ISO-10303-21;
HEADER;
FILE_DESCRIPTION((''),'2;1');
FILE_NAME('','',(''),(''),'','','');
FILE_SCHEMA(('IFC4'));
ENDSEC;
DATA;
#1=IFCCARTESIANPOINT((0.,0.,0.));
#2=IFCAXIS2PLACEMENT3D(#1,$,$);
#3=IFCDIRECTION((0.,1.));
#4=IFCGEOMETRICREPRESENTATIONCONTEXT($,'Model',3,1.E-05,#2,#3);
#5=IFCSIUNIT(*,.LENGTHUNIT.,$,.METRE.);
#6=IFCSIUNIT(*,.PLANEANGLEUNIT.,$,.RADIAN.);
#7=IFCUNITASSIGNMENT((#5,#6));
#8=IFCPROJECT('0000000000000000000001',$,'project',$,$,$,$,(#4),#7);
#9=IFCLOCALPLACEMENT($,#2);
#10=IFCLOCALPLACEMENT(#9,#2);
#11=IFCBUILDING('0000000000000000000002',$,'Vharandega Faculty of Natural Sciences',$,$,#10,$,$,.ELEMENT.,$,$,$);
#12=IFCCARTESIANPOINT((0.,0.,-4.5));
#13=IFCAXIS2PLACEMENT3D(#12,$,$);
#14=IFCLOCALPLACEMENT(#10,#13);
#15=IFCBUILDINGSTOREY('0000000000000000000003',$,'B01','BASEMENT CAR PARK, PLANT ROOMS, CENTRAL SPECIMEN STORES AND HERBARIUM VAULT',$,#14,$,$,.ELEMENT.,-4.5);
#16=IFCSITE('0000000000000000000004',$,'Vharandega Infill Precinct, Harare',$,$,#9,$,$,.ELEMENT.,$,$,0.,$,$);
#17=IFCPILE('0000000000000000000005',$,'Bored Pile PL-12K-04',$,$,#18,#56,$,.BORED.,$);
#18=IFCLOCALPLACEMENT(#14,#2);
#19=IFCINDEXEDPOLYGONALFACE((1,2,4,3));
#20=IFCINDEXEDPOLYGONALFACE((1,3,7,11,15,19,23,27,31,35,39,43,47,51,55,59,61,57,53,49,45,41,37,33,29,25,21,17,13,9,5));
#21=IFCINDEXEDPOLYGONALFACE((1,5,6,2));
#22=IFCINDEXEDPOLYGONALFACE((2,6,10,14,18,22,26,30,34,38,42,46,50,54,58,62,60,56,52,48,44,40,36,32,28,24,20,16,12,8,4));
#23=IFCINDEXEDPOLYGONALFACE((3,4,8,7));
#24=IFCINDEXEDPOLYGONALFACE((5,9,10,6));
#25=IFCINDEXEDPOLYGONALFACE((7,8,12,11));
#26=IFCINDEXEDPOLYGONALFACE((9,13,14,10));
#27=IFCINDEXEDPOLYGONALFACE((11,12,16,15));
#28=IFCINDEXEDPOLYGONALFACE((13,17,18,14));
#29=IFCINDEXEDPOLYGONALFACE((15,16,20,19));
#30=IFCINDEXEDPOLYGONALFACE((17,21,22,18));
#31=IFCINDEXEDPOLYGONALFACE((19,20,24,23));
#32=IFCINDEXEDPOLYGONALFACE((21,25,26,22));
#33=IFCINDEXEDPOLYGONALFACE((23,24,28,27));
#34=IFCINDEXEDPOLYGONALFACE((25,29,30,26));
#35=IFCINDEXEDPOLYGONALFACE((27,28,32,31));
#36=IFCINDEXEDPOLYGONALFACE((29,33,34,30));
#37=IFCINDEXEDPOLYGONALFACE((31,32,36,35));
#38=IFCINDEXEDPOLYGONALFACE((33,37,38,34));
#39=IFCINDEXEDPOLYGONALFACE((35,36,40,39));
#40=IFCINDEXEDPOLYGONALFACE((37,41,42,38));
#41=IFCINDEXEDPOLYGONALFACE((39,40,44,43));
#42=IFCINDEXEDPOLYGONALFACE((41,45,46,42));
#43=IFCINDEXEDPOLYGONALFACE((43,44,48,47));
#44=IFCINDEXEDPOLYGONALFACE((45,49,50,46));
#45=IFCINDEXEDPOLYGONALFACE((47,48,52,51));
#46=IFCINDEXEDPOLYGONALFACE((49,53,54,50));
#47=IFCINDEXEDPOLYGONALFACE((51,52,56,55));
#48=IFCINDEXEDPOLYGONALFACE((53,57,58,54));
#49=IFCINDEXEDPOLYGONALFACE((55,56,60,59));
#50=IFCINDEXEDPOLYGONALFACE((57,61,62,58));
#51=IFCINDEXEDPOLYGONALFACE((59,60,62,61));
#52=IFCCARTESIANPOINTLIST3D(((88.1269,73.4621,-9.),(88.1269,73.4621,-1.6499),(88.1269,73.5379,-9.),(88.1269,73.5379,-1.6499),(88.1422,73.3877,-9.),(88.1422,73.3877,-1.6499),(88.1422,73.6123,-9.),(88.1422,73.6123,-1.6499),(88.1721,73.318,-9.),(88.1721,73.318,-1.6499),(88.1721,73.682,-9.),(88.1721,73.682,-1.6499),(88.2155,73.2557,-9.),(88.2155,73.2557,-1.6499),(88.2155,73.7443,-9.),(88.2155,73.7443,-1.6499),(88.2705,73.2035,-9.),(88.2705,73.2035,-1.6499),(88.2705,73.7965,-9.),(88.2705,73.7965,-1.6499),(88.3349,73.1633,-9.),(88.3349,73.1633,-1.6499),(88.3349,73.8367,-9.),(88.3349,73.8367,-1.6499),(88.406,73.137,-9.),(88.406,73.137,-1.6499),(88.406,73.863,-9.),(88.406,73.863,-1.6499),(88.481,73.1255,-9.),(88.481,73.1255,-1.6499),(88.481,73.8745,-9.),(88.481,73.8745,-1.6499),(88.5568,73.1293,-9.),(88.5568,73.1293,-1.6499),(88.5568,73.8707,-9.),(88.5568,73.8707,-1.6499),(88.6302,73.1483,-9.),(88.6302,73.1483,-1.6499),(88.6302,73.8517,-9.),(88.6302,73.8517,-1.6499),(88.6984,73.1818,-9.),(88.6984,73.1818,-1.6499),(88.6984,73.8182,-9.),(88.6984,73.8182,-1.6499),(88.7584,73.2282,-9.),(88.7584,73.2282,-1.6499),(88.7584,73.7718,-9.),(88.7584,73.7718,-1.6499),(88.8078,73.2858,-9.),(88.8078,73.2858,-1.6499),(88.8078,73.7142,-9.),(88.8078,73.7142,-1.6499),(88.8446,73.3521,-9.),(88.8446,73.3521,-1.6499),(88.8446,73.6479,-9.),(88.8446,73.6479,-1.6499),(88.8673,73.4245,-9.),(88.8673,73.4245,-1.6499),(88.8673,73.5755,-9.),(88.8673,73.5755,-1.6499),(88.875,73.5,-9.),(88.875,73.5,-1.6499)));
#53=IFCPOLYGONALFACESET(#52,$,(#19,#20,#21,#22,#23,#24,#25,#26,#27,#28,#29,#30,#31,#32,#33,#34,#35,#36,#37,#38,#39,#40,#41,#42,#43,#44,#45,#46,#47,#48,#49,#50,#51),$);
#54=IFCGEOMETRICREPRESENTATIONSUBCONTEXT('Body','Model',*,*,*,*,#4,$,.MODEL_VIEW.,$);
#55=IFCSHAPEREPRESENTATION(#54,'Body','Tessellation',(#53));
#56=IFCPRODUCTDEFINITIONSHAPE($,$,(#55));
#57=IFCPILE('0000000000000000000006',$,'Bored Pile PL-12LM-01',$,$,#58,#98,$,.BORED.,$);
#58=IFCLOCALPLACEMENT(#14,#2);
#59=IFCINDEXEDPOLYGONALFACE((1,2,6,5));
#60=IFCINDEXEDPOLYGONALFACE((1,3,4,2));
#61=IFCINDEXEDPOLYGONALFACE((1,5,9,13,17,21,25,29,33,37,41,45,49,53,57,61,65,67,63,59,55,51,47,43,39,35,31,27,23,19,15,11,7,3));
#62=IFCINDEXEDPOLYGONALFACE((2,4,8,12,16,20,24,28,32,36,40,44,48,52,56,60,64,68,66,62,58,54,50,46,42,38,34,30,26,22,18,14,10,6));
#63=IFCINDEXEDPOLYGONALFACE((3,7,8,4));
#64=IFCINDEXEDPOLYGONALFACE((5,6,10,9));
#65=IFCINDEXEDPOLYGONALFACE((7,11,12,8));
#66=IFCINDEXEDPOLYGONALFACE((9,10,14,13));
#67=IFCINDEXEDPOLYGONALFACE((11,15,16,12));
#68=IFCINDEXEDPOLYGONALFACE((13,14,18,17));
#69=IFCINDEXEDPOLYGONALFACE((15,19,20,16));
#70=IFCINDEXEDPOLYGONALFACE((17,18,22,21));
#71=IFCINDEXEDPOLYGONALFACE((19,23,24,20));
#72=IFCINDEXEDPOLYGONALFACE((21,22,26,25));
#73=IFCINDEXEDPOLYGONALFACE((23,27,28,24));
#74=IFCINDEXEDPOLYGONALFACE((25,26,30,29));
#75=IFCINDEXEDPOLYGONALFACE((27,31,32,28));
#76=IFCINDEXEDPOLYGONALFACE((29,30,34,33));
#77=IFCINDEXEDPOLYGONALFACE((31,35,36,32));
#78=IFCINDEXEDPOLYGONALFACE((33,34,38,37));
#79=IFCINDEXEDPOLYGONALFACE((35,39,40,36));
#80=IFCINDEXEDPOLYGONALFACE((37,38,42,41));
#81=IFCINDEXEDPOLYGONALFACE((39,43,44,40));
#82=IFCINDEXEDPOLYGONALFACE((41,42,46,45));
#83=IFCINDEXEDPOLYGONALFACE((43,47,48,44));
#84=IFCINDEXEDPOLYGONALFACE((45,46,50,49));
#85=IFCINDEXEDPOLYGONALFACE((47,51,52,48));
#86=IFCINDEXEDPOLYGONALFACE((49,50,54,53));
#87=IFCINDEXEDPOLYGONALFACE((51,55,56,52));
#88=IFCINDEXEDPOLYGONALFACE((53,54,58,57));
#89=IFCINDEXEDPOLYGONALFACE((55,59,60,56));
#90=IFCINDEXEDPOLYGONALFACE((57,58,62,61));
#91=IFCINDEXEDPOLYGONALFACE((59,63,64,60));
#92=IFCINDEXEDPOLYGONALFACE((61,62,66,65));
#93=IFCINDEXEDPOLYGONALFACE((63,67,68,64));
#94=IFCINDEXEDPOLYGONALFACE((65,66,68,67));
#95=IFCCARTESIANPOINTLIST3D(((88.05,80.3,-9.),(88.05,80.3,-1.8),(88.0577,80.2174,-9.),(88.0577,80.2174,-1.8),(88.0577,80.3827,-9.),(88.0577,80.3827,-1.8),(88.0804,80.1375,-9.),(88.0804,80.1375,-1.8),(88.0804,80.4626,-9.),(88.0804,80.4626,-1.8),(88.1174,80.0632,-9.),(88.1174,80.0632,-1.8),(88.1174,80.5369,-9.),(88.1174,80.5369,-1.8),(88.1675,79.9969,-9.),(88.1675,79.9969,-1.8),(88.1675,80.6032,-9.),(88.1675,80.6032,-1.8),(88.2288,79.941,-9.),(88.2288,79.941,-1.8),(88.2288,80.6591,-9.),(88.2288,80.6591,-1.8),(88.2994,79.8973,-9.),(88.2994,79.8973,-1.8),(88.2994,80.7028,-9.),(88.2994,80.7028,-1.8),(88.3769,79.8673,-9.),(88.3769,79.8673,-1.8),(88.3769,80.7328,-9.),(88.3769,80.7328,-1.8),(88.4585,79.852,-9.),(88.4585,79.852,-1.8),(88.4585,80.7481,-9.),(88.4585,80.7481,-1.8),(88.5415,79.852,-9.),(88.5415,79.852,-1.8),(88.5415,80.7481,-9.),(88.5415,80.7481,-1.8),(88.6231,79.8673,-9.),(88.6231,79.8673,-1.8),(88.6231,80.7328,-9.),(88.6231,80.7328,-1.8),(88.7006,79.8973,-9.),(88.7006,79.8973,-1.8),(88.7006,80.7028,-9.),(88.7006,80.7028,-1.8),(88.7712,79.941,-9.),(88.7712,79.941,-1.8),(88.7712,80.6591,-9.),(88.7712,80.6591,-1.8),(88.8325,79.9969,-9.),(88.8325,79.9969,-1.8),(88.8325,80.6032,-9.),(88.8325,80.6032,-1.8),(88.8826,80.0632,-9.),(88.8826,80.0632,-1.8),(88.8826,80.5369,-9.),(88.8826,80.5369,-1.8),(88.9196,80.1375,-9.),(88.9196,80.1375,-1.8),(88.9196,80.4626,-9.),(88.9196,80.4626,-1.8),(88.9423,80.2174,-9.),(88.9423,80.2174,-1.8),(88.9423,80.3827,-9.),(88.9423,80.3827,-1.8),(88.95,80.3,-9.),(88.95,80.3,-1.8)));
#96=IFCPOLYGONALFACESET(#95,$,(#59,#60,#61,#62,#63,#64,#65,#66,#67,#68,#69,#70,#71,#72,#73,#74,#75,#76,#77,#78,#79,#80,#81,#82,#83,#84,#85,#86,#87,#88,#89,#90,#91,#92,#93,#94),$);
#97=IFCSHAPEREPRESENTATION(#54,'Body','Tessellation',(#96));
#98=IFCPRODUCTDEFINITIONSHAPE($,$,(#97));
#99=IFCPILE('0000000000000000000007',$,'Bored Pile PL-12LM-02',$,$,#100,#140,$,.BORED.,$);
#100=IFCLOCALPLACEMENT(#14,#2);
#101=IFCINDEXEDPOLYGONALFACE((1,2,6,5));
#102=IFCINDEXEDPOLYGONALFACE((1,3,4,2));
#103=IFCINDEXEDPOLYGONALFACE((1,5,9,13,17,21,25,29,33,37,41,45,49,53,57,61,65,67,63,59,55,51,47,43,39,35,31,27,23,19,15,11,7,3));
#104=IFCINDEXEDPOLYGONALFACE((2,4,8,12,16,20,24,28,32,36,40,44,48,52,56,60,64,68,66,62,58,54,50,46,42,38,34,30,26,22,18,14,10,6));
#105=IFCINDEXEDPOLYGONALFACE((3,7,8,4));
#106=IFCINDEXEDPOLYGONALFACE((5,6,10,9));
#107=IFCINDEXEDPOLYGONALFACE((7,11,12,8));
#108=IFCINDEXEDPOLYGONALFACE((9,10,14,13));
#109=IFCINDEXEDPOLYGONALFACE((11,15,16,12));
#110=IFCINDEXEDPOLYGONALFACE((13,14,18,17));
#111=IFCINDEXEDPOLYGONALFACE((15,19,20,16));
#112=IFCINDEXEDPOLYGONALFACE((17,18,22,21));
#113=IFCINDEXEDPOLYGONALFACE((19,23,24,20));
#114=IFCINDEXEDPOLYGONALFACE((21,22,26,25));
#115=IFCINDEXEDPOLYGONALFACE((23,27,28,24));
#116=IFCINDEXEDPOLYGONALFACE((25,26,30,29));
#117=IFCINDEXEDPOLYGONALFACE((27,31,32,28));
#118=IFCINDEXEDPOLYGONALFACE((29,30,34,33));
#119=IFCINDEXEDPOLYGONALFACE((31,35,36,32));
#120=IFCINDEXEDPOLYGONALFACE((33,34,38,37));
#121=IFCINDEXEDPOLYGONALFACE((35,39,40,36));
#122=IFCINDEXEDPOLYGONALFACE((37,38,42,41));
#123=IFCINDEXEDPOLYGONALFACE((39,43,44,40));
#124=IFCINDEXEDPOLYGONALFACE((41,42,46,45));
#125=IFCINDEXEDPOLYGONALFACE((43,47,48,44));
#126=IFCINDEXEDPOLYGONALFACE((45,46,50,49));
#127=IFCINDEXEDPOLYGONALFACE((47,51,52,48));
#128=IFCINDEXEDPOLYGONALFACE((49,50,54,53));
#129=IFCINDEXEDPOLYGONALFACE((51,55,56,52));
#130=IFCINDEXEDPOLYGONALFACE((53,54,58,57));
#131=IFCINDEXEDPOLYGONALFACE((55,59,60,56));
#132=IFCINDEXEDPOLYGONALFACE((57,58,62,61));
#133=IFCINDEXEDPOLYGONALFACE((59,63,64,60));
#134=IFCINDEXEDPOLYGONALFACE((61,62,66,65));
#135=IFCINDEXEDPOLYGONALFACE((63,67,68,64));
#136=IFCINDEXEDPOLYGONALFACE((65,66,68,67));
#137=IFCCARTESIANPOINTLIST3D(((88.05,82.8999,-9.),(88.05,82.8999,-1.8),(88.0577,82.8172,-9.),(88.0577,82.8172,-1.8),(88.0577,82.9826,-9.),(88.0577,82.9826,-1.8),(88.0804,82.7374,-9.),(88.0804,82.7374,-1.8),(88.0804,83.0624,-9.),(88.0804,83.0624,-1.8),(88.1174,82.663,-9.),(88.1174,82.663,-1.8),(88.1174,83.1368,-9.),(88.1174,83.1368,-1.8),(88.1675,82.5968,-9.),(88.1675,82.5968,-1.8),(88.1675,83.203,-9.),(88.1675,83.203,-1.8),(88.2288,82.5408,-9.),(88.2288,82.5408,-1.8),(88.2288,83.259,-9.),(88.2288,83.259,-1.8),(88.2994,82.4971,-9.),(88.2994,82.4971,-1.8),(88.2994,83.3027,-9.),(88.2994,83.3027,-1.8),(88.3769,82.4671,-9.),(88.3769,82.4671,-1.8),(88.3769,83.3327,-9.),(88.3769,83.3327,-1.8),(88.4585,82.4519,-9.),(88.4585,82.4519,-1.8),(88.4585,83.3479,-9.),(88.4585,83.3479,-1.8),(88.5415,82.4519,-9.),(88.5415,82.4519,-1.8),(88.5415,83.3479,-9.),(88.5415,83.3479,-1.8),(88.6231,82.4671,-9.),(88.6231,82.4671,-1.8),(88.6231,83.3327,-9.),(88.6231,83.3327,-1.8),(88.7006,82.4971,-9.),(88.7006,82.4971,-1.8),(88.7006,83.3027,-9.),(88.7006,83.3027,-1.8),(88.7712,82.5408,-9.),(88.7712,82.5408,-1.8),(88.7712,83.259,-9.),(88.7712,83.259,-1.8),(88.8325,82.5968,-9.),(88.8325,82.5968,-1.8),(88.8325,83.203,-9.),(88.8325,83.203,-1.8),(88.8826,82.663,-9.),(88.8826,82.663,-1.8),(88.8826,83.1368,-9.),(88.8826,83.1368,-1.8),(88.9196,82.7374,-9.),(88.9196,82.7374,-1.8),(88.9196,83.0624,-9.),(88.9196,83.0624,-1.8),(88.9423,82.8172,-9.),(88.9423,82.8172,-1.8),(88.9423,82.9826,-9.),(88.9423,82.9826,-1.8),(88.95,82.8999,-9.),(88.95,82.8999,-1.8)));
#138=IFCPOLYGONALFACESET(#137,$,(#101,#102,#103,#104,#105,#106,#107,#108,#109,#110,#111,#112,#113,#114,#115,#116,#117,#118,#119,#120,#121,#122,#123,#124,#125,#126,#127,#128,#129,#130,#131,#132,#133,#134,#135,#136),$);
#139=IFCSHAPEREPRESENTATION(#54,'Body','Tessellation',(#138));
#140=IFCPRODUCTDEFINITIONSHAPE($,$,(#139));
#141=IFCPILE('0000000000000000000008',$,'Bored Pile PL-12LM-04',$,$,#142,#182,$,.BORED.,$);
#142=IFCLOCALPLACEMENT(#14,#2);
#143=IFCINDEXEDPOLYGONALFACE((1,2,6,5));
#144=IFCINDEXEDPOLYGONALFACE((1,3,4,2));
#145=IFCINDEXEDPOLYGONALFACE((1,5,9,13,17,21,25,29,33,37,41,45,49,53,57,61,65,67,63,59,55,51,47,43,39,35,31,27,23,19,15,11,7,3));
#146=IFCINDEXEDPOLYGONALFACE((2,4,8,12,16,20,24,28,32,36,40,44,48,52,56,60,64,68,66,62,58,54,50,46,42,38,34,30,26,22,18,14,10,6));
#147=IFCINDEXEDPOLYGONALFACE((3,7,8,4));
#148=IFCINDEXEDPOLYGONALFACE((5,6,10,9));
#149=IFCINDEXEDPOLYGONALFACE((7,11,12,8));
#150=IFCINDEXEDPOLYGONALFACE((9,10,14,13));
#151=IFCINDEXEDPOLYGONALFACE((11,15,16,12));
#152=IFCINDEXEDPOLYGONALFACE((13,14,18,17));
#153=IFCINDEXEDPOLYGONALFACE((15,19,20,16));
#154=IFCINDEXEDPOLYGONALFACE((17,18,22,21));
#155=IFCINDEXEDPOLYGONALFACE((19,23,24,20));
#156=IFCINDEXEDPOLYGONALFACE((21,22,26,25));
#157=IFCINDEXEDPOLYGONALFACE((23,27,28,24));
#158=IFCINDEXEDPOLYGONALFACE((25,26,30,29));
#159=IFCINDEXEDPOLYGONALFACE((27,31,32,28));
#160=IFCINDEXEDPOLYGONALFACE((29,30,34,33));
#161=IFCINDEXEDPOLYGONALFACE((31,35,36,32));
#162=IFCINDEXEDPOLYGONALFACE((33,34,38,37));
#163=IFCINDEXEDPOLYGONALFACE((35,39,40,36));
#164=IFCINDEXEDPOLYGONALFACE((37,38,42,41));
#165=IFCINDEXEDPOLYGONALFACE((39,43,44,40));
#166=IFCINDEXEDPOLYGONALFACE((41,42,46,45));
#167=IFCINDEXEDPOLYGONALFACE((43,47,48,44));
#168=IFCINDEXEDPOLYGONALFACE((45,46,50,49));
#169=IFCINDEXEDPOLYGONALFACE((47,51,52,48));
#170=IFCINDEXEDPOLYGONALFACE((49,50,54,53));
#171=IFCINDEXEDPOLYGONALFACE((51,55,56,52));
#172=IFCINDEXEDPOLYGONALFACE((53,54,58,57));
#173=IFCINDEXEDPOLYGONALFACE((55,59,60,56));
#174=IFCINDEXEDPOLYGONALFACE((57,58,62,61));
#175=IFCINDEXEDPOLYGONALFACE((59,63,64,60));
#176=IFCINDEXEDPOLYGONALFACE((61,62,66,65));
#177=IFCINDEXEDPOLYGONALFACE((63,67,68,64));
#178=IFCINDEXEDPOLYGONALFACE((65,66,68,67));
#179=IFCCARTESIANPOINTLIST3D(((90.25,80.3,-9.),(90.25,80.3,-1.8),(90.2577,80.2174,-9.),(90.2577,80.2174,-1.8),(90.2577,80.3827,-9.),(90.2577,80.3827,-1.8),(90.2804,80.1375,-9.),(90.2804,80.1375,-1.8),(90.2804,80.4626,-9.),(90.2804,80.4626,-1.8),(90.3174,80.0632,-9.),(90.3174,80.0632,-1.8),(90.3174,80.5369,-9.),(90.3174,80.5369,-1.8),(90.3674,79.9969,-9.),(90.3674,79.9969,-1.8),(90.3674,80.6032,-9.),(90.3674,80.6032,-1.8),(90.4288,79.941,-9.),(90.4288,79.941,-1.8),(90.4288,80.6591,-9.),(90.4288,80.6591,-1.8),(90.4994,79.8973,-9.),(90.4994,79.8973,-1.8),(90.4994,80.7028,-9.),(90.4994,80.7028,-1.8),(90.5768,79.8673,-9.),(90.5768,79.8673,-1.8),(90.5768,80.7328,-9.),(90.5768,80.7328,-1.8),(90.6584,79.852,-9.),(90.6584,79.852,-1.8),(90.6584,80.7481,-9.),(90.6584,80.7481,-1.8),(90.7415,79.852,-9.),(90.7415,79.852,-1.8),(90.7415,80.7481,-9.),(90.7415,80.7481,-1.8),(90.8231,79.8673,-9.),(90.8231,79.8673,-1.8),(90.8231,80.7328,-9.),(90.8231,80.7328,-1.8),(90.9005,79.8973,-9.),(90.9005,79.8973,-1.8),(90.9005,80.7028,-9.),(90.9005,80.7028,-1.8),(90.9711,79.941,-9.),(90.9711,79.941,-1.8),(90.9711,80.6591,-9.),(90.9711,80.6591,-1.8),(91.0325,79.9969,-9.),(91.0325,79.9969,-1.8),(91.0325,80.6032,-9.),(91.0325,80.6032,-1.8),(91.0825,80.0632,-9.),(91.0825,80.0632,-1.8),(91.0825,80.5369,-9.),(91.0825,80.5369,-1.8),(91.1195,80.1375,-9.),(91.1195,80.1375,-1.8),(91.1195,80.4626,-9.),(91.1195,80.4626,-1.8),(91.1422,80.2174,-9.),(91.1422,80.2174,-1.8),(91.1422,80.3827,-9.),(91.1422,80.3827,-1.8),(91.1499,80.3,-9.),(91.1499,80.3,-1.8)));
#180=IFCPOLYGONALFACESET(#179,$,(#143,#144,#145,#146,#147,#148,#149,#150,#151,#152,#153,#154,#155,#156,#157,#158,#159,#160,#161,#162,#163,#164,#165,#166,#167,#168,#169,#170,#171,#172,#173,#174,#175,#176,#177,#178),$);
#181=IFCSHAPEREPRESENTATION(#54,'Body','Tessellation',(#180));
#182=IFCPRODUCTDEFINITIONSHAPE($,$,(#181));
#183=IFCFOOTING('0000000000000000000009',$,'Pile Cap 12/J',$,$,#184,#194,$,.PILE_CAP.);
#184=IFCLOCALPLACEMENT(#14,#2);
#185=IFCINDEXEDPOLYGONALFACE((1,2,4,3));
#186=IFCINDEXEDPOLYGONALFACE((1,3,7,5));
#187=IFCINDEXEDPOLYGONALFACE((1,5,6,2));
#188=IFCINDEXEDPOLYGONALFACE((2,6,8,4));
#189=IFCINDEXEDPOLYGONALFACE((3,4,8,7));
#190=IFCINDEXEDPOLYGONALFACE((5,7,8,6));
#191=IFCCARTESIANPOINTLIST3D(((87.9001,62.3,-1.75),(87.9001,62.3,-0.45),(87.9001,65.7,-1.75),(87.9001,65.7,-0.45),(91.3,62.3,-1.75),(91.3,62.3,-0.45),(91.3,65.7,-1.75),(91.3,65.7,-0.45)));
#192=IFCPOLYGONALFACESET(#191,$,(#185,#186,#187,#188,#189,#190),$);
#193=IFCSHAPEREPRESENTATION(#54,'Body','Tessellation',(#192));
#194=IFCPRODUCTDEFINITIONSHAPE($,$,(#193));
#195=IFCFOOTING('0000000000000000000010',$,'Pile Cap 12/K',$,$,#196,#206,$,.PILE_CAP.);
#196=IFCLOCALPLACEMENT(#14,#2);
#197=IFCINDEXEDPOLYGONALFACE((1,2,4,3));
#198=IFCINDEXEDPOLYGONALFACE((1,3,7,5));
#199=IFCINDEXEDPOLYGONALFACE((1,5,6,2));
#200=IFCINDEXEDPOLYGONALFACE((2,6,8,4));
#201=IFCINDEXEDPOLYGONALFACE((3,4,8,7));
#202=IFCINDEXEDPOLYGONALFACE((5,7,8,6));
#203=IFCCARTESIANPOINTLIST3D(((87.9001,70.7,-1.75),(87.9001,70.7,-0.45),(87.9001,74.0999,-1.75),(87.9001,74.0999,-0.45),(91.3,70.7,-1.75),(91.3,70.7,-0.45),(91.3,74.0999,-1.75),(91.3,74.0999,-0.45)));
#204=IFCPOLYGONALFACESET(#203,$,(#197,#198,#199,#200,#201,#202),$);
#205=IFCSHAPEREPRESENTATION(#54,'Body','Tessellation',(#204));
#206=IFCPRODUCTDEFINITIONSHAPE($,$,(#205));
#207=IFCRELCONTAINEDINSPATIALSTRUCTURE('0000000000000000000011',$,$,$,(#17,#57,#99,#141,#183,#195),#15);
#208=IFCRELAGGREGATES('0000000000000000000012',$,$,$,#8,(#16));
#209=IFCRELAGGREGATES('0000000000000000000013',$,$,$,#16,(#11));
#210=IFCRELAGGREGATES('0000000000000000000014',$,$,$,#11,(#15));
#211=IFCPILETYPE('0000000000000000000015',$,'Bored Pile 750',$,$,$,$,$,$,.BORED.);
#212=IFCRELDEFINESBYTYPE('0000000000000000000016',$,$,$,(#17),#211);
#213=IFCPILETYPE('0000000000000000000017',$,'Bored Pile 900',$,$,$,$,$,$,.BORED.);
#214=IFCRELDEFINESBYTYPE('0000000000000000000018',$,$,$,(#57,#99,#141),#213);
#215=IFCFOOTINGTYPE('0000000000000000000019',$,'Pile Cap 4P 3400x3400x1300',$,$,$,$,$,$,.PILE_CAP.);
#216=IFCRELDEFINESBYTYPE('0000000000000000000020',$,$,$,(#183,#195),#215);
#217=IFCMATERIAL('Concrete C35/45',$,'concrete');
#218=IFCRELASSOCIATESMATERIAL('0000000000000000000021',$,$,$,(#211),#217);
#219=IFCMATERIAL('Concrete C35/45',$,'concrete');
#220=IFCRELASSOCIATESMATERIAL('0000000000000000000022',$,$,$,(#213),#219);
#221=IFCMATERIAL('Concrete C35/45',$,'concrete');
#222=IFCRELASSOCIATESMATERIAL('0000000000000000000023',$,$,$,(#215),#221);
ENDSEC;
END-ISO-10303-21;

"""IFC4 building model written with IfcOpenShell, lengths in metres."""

from ifc_helpers import new_model, si_unit, direction, frame, origin, origin_2d, place, context, subcontext, project, spatial, rectangle, circle, extrude, material, material_profile, profile_set, type_object, element, save


model = new_model("IFC4")

# Units and contexts
model_context = context("Model", 3, precision=1e-05, world=origin(), true_north=direction((0.0, 1.0)))
body_context = subcontext(model_context, "Body", "Model", "MODEL_VIEW")
ifc_project = project(units=[si_unit("LENGTHUNIT", "METRE"), si_unit("PLANEANGLEUNIT", "RADIAN")], contexts=[model_context])

# Site, building, storey
site_placement = place(None, origin())
site = spatial("IfcSite", under=ifc_project, at=site_placement, Name="Vharandega Infill Precinct, Harare", CompositionType="ELEMENT", RefElevation=0.0)
building_placement = place(site_placement, origin())
building = spatial("IfcBuilding", under=site, at=building_placement, Name="Vharandega Faculty of Natural Sciences", CompositionType="ELEMENT")
storey_placement = place(building_placement, frame((0.0, 0.0, -4.5)))
storey = spatial("IfcBuildingStorey", under=building, at=storey_placement, Name="B01", Description="BASEMENT CAR PARK, PLANT ROOMS, CENTRAL SPECIMEN STORES AND HERBARIUM VAULT", CompositionType="ELEMENT", Elevation=-4.5)

# Piles
ifc_material_1 = material(Name="Concrete C35/45", Category="concrete")
ifc_material_profile_1 = material_profile(ifc_material_1, circle(Radius=0.375, at=origin_2d()), Name="PILE 750")
ifc_profile_set_1 = profile_set([ifc_material_profile_1], Name="Concrete C35/45")
pile_type_1 = type_object("IfcPileType", Name="Bored Pile 750", PredefinedType="BORED", material=ifc_profile_set_1)
for number, where, z_axis, x_axis, name in (
    (1, (88.5, 73.5, -1.6499), (0.0, 0.0, -1.0), (1.0, 0.0, 0.0), "Bored Pile PL-12K-04"),
):
    element("IfcPile", number, at=place(storey_placement, frame(where, z_axis=z_axis, x_axis=x_axis)), inside=storey, type_object=pile_type_1, Name=name, PredefinedType="BORED", context=body_context, shape_type="SweptSolid", body=[
        extrude(circle(Radius=0.375, at=origin_2d()), origin(), (0.0, 0.0, 1.0), 7.3501),
    ])
ifc_material_2 = material(Name="Concrete C35/45", Category="concrete")
ifc_material_profile_2 = material_profile(ifc_material_2, circle(Radius=0.45, at=origin_2d()), Name="PILE 900")
ifc_profile_set_2 = profile_set([ifc_material_profile_2], Name="Concrete C35/45")
pile_type_2 = type_object("IfcPileType", Name="Bored Pile 900", PredefinedType="BORED", material=ifc_profile_set_2)
for number, where, z_axis, x_axis, name in (
    (2, (88.5, 80.3, -1.8), (0.0, 0.0, -1.0), (1.0, 0.0, 0.0), "Bored Pile PL-12LM-01"),
    (3, (88.5, 82.8999, -1.8), (0.0, 0.0, -1.0), (1.0, 0.0, 0.0), "Bored Pile PL-12LM-02"),
    (4, (90.7, 80.3, -1.8), (0.0, 0.0, -1.0), (1.0, 0.0, 0.0), "Bored Pile PL-12LM-04"),
):
    element("IfcPile", number, at=place(storey_placement, frame(where, z_axis=z_axis, x_axis=x_axis)), inside=storey, type_object=pile_type_2, Name=name, PredefinedType="BORED", context=body_context, shape_type="SweptSolid", body=[
        extrude(circle(Radius=0.45, at=origin_2d()), origin(), (0.0, 0.0, 1.0), 7.2),
    ])

# Footings
ifc_material_3 = material(Name="Concrete C35/45", Category="concrete")
footing_type_1 = type_object("IfcFootingType", Name="Pile Cap 4P 3400x3400x1300", PredefinedType="PILE_CAP", material=ifc_material_3)
for number, where, z_axis, x_axis, name in (
    (5, (89.6001, 64.0, -1.75), (0.0, 0.0, 1.0), (1.0, 0.0, 0.0), "Pile Cap 12/J"),
    (6, (89.6001, 72.3999, -1.75), (0.0, 0.0, 1.0), (1.0, 0.0, 0.0), "Pile Cap 12/K"),
):
    element("IfcFooting", number, at=place(storey_placement, frame(where, z_axis=z_axis, x_axis=x_axis)), inside=storey, type_object=footing_type_1, Name=name, PredefinedType="PILE_CAP", context=body_context, shape_type="SweptSolid", body=[
        extrude(rectangle(XDim=3.3999, YDim=3.3999, at=origin_2d()), origin(), (0.0, 0.0, 1.0), 1.3),
    ])

save(model, "model.ifc")
